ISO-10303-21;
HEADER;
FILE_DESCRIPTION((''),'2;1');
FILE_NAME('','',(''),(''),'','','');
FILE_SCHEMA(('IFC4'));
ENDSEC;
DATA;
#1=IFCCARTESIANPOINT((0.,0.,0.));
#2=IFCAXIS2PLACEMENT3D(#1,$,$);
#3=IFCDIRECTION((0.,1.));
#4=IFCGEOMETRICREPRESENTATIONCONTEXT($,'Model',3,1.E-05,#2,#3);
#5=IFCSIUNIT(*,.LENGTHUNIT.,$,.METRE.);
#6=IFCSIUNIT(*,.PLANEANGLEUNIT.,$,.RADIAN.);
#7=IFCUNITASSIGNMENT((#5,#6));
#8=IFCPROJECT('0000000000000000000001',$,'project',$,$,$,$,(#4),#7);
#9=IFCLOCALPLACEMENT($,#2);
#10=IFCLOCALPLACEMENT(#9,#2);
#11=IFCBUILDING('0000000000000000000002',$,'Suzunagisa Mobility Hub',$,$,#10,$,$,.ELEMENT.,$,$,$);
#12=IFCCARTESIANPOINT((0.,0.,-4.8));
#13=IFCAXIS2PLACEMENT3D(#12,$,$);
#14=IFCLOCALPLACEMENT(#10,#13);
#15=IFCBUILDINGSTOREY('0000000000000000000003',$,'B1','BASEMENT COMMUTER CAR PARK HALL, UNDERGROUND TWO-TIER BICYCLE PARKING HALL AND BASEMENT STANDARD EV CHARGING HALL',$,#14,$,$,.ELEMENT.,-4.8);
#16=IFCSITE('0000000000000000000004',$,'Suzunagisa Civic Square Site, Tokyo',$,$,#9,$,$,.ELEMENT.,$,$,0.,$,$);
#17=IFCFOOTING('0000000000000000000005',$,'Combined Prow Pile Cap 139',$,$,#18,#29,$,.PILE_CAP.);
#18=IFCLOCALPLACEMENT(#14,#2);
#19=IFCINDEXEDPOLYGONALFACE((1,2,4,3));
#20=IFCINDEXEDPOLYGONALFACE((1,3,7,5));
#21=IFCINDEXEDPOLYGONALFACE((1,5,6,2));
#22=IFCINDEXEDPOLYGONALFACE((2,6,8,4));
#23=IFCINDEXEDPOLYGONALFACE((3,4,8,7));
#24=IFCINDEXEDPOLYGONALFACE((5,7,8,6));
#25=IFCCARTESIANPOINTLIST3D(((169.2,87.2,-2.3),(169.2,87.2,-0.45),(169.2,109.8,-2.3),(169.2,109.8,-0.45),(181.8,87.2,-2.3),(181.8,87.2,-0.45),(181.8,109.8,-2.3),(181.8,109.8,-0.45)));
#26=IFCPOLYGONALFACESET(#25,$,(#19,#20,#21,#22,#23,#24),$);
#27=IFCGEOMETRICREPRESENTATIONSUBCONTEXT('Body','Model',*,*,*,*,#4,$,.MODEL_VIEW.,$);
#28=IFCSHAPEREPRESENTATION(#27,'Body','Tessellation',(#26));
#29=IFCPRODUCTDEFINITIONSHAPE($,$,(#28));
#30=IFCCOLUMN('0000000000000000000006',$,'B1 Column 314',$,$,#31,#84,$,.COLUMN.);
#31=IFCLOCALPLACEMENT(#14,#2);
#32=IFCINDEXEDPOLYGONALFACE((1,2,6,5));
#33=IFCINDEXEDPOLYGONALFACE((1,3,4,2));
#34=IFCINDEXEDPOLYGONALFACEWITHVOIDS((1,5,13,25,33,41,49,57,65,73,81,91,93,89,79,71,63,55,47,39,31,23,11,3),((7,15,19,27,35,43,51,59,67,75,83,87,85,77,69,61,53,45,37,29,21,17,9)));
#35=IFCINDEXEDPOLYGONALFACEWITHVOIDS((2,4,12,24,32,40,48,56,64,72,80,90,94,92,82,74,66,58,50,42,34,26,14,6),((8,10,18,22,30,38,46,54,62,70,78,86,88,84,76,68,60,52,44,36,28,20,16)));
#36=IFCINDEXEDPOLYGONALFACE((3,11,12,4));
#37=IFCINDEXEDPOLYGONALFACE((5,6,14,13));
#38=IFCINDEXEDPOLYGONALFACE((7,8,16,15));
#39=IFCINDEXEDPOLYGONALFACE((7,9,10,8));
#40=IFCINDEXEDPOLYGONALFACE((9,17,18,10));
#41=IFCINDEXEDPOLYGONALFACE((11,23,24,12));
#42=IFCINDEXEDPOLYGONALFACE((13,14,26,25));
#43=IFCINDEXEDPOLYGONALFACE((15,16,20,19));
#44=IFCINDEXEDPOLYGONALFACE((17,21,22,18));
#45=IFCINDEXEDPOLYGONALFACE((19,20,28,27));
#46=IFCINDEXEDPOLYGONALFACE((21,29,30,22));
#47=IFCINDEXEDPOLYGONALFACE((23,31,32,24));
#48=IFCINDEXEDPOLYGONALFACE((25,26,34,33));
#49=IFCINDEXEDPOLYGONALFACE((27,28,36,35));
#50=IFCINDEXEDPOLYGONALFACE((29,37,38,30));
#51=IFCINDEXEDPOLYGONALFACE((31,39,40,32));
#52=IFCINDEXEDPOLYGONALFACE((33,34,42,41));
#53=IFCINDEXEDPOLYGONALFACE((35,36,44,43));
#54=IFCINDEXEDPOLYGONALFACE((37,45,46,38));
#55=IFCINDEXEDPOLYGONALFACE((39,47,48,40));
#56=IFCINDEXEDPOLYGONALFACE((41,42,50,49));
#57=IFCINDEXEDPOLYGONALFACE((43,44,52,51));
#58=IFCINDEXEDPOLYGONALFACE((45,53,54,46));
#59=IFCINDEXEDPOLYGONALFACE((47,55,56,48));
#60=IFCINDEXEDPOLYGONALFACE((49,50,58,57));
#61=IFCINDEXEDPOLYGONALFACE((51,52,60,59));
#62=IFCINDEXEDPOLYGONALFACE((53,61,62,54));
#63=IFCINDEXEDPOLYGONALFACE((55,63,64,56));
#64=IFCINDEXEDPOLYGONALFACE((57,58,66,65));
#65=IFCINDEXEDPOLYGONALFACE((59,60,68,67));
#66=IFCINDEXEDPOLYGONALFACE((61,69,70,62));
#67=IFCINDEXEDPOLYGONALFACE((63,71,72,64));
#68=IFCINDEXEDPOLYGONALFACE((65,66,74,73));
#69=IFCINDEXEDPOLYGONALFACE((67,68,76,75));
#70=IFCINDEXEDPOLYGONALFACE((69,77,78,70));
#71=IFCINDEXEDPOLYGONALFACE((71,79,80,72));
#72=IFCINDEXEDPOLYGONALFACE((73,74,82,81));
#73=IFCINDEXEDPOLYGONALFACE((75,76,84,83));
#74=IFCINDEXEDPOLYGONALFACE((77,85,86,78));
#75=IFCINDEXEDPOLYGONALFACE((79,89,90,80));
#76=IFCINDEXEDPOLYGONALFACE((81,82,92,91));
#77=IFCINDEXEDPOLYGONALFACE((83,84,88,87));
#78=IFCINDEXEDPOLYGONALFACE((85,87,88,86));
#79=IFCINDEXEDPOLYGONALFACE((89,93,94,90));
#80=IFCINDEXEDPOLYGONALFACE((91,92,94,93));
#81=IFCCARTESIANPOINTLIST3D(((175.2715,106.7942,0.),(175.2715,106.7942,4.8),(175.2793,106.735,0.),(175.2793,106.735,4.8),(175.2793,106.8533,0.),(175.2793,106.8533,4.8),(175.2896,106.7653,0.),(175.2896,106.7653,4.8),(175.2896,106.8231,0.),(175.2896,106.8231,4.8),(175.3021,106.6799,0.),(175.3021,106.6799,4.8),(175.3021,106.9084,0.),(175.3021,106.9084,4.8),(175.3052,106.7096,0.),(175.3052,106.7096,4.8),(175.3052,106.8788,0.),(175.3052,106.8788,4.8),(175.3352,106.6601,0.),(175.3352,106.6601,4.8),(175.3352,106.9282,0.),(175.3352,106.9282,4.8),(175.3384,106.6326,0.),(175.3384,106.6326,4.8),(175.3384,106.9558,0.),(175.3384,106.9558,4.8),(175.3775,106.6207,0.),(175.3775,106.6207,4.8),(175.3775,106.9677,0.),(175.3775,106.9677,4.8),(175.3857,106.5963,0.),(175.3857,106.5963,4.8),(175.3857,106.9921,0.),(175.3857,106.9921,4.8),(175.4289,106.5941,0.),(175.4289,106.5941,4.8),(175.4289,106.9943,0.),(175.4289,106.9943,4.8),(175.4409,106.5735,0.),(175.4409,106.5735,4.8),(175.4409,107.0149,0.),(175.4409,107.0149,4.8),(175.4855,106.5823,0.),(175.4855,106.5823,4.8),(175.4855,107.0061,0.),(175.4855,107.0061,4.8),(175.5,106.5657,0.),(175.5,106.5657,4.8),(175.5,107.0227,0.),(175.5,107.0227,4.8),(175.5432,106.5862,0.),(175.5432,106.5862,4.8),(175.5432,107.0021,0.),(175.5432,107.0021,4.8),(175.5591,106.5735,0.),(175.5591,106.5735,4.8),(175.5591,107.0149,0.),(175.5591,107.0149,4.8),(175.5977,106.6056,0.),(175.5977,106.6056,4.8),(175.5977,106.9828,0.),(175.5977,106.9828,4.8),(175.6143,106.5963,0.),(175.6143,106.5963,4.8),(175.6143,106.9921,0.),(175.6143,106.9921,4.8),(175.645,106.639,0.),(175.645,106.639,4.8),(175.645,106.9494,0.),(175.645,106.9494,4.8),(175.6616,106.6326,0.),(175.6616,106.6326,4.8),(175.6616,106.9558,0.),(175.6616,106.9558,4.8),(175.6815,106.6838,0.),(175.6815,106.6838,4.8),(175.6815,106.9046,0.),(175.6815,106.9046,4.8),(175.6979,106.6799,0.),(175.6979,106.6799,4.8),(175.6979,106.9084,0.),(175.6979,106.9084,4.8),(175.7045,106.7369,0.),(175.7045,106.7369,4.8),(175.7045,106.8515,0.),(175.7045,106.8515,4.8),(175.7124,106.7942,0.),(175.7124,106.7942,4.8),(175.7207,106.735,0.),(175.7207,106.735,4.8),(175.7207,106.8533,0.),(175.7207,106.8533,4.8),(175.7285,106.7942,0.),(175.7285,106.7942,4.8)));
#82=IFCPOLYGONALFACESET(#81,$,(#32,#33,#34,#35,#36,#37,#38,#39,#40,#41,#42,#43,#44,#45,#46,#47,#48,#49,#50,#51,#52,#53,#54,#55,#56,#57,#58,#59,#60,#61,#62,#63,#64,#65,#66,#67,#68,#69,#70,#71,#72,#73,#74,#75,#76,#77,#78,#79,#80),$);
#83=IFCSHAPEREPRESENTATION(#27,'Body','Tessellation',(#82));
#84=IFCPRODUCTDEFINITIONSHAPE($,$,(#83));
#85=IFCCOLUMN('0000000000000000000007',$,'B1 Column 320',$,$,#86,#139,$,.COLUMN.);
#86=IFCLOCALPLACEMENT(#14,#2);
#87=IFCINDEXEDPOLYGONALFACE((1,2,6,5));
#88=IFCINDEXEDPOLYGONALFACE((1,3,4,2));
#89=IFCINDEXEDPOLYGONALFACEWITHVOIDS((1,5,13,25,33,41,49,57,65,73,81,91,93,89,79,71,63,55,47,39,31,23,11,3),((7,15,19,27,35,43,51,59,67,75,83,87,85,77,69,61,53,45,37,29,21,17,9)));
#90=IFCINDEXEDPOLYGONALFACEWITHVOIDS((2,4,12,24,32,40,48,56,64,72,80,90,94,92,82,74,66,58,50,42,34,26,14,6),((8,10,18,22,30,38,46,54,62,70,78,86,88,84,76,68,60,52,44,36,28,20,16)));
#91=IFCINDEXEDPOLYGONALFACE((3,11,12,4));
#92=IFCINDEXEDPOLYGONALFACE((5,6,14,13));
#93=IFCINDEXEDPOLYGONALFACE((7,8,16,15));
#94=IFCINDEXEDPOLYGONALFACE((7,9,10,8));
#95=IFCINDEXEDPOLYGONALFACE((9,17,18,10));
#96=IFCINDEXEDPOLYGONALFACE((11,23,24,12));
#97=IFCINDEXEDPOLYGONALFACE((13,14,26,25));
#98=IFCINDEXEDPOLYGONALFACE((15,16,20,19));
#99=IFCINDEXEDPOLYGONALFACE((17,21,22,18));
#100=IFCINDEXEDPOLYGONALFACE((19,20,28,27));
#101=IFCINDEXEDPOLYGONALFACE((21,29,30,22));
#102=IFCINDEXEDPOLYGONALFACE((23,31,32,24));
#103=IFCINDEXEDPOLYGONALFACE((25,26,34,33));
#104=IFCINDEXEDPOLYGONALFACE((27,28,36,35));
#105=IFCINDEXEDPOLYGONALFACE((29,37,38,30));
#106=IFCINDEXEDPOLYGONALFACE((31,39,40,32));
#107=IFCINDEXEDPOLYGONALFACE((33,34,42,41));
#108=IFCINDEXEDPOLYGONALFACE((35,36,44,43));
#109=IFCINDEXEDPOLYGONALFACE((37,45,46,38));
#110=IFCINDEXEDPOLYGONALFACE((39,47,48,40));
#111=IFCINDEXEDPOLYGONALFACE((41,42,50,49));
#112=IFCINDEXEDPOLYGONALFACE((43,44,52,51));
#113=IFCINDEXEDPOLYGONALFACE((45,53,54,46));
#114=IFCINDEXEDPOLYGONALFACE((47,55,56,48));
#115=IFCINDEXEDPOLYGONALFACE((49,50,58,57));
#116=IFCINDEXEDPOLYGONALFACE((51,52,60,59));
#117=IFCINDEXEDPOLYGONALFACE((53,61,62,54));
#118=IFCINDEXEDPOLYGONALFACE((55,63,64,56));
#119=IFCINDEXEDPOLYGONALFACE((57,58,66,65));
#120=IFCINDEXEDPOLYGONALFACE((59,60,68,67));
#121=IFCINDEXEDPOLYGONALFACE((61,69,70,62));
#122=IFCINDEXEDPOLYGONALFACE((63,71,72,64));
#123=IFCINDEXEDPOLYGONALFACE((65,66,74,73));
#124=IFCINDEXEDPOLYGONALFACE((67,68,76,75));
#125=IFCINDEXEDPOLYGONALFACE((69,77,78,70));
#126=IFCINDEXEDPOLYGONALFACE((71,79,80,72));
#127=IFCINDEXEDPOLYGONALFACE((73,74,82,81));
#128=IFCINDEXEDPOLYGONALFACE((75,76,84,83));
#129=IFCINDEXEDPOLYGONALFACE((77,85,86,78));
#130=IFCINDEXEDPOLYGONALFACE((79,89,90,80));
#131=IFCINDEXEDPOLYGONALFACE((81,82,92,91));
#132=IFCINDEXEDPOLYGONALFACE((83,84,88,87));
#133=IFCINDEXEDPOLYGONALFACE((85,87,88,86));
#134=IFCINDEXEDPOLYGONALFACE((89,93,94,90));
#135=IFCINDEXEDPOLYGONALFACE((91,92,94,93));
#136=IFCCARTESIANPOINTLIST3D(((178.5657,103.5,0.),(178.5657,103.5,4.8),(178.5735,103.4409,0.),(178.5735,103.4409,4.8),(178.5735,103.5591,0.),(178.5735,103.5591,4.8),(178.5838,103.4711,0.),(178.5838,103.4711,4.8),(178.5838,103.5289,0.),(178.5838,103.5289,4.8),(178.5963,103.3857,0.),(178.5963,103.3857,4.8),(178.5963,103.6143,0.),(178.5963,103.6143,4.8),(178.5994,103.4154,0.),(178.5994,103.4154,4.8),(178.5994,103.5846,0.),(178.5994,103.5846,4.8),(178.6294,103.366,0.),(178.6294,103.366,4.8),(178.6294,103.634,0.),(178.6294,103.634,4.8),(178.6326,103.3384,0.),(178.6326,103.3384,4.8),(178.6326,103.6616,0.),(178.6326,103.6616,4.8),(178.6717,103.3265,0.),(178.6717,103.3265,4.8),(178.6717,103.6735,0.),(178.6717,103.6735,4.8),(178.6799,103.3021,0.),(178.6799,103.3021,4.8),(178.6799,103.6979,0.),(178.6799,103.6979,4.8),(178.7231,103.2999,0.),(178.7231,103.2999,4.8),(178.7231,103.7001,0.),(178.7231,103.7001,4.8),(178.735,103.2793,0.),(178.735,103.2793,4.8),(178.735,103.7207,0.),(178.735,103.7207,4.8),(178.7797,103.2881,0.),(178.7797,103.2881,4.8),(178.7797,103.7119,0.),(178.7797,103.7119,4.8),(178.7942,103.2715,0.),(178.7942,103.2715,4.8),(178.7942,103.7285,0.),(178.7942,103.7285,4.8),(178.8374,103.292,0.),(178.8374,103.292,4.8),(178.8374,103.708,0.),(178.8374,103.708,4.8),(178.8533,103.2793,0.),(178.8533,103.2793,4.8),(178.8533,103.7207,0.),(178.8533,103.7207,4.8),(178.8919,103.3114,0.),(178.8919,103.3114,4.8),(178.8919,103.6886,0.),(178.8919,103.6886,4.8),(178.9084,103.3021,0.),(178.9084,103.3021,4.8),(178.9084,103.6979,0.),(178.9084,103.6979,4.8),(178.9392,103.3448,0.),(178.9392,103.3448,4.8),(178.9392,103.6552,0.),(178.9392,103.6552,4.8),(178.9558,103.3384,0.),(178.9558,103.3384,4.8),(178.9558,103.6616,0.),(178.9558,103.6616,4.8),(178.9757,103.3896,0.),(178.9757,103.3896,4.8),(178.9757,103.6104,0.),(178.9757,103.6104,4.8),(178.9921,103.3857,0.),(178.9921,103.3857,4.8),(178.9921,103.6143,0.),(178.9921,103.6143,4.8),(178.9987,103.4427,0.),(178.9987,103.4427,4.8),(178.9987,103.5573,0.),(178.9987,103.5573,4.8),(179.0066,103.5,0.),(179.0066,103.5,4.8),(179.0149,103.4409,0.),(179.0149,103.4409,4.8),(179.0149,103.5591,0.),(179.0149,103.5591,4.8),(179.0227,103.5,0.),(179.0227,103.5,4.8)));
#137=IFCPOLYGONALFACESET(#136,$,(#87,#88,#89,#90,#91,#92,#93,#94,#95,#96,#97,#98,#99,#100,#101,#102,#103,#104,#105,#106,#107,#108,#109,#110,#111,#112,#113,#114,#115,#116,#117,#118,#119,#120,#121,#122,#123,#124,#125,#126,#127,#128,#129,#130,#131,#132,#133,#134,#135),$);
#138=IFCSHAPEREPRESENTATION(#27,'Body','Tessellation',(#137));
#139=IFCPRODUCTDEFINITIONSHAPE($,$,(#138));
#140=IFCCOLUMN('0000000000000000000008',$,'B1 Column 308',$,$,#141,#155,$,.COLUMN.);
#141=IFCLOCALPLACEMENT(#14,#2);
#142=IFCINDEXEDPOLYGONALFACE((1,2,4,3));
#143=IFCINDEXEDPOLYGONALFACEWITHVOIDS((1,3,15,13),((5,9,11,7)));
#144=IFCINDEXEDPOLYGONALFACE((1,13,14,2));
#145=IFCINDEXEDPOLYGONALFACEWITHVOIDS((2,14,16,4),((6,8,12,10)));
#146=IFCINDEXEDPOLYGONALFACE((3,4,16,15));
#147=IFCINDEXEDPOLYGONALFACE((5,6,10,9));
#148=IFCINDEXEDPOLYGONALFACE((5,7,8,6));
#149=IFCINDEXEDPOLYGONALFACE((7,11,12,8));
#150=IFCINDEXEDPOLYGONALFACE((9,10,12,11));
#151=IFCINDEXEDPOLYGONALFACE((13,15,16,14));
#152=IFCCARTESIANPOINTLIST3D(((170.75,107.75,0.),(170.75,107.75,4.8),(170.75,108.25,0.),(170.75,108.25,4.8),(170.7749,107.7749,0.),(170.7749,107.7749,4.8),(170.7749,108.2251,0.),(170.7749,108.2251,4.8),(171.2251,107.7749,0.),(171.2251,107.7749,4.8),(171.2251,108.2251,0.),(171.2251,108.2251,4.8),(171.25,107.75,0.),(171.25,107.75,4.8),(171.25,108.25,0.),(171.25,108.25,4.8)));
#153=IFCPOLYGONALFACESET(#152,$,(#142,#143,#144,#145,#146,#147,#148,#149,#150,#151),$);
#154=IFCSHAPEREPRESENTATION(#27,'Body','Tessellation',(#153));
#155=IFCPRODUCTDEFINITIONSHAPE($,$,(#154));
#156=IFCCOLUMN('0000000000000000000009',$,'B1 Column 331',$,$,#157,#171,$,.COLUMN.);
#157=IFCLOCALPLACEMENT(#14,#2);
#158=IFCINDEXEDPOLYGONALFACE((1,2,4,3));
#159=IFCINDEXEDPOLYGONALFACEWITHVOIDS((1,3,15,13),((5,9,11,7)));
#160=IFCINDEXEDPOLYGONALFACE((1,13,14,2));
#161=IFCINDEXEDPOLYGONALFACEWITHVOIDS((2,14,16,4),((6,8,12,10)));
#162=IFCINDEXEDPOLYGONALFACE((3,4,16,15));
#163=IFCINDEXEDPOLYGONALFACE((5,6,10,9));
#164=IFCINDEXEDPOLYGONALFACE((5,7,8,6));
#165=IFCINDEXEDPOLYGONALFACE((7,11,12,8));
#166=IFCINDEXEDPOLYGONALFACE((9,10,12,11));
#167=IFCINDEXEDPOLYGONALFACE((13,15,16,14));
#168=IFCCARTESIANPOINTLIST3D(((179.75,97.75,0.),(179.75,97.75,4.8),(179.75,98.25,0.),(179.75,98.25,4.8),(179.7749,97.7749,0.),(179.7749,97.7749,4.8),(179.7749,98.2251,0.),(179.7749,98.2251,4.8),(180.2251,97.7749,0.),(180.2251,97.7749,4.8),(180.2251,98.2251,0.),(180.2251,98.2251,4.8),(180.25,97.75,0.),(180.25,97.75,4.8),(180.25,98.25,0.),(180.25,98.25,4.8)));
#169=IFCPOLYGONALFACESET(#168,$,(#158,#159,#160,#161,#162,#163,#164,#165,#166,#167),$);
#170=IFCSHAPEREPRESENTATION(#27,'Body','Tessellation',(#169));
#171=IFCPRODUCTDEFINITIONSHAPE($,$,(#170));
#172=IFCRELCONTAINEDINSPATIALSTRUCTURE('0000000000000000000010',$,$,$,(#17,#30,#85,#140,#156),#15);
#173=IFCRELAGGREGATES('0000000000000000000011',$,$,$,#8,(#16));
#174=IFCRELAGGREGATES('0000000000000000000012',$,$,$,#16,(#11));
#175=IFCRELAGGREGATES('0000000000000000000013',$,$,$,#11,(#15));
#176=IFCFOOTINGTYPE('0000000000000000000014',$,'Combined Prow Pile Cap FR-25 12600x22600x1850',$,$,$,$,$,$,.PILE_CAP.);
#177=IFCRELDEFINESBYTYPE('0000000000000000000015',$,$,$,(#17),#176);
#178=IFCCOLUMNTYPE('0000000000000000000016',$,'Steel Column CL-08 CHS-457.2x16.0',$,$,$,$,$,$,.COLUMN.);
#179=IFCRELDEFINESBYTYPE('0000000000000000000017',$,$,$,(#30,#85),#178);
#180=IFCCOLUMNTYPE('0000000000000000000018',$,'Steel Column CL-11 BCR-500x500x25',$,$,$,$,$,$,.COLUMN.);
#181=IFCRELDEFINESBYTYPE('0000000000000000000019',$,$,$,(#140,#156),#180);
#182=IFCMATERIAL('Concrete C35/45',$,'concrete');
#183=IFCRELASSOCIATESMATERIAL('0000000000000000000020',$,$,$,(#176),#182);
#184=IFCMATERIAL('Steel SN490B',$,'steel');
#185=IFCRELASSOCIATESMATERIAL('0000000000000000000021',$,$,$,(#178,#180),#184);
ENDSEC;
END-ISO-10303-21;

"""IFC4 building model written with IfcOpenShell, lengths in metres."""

from ifc_helpers import new_model, si_unit, direction, frame, origin, origin_2d, place, context, subcontext, project, spatial, rectangle, hollow_rectangle, hollow_circle, extrude, material, material_profile, profile_set, type_object, element, save


model = new_model("IFC4")

# Units and contexts
model_context = context("Model", 3, precision=1e-05, world=origin(), true_north=direction((0.0, 1.0)))
body_context = subcontext(model_context, "Body", "Model", "MODEL_VIEW")
ifc_project = project(units=[si_unit("LENGTHUNIT", "METRE"), si_unit("PLANEANGLEUNIT", "RADIAN")], contexts=[model_context])

# Site, building, storey
site_placement = place(None, origin())
site = spatial("IfcSite", under=ifc_project, at=site_placement, Name="Suzunagisa Civic Square Site, Tokyo", CompositionType="ELEMENT", RefElevation=0.0)
building_placement = place(site_placement, origin())
building = spatial("IfcBuilding", under=site, at=building_placement, Name="Suzunagisa Mobility Hub", CompositionType="ELEMENT")
storey_placement = place(building_placement, frame((0.0, 0.0, -4.8)))
storey = spatial("IfcBuildingStorey", under=building, at=storey_placement, Name="B1", Description="BASEMENT COMMUTER CAR PARK HALL, UNDERGROUND TWO-TIER BICYCLE PARKING HALL AND BASEMENT STANDARD EV CHARGING HALL", CompositionType="ELEMENT", Elevation=-4.8)

# Footing
ifc_material_1 = material(Name="Concrete C35/45", Category="concrete")
footing_type = type_object("IfcFootingType", Name="Combined Prow Pile Cap FR-25 12600x22600x1850", PredefinedType="PILE_CAP", material=ifc_material_1)
footing_placement = place(storey_placement, frame((175.5, 98.5, -2.3), z_axis=(0.0, 0.0, 1.0), x_axis=(1.0, 0.0, 0.0)))
element("IfcFooting", 1, at=footing_placement, inside=storey, type_object=footing_type, Name="Combined Prow Pile Cap 139", PredefinedType="PILE_CAP", context=body_context, shape_type="SweptSolid", body=[
    extrude(rectangle(XDim=12.6001, YDim=22.6001, at=origin_2d()), origin(), (0.0, 0.0, 1.0), 1.8501),
])

# Columns
ifc_material_2 = material(Name="Steel SN490B", Category="steel")
ifc_material_profile_1 = material_profile(ifc_material_2, hollow_circle(Radius=0.2285, WallThickness=0.0161, at=origin_2d()), Name="CHS-457.2x16.0")
ifc_profile_set_1 = profile_set([ifc_material_profile_1], Name="Steel SN490B")
column_type_1 = type_object("IfcColumnType", Name="Steel Column CL-08 CHS-457.2x16.0", PredefinedType="COLUMN", material=ifc_profile_set_1)
for number, where, z_axis, x_axis, name in (
    (2, (175.5, 106.7942, 0.0), (0.0, 0.0, 1.0), (1.0, 0.0, 0.0), "B1 Column 314"),
    (3, (178.7942, 103.5, 0.0), (0.0, 0.0, 1.0), (1.0, 0.0, 0.0), "B1 Column 320"),
):
    element("IfcColumn", number, at=place(storey_placement, frame(where, z_axis=z_axis, x_axis=x_axis)), inside=storey, type_object=column_type_1, Name=name, PredefinedType="COLUMN", context=body_context, shape_type="SweptSolid", body=[
        extrude(hollow_circle(Radius=0.2285, WallThickness=0.0161, at=origin_2d()), origin(), (0.0, 0.0, 1.0), 4.8),
    ])
ifc_material_profile_2 = material_profile(ifc_material_2, hollow_rectangle(XDim=0.5, YDim=0.5, WallThickness=0.0249, at=origin_2d()), Name="BCR-500x500x25")
ifc_profile_set_2 = profile_set([ifc_material_profile_2], Name="Steel SN490B")
column_type_2 = type_object("IfcColumnType", Name="Steel Column CL-11 BCR-500x500x25", PredefinedType="COLUMN", material=ifc_profile_set_2)
for number, where, z_axis, x_axis, name in (
    (4, (171.0, 108.0, 0.0), (0.0, 0.0, 1.0), (1.0, 0.0, 0.0), "B1 Column 308"),
    (5, (180.0, 98.0, 0.0), (0.0, 0.0, 1.0), (1.0, 0.0, 0.0), "B1 Column 331"),
):
    element("IfcColumn", number, at=place(storey_placement, frame(where, z_axis=z_axis, x_axis=x_axis)), inside=storey, type_object=column_type_2, Name=name, PredefinedType="COLUMN", context=body_context, shape_type="SweptSolid", body=[
        extrude(hollow_rectangle(XDim=0.5, YDim=0.5, WallThickness=0.0249, at=origin_2d()), origin(), (0.0, 0.0, 1.0), 4.8),
    ])

save(model, "model.ifc")
